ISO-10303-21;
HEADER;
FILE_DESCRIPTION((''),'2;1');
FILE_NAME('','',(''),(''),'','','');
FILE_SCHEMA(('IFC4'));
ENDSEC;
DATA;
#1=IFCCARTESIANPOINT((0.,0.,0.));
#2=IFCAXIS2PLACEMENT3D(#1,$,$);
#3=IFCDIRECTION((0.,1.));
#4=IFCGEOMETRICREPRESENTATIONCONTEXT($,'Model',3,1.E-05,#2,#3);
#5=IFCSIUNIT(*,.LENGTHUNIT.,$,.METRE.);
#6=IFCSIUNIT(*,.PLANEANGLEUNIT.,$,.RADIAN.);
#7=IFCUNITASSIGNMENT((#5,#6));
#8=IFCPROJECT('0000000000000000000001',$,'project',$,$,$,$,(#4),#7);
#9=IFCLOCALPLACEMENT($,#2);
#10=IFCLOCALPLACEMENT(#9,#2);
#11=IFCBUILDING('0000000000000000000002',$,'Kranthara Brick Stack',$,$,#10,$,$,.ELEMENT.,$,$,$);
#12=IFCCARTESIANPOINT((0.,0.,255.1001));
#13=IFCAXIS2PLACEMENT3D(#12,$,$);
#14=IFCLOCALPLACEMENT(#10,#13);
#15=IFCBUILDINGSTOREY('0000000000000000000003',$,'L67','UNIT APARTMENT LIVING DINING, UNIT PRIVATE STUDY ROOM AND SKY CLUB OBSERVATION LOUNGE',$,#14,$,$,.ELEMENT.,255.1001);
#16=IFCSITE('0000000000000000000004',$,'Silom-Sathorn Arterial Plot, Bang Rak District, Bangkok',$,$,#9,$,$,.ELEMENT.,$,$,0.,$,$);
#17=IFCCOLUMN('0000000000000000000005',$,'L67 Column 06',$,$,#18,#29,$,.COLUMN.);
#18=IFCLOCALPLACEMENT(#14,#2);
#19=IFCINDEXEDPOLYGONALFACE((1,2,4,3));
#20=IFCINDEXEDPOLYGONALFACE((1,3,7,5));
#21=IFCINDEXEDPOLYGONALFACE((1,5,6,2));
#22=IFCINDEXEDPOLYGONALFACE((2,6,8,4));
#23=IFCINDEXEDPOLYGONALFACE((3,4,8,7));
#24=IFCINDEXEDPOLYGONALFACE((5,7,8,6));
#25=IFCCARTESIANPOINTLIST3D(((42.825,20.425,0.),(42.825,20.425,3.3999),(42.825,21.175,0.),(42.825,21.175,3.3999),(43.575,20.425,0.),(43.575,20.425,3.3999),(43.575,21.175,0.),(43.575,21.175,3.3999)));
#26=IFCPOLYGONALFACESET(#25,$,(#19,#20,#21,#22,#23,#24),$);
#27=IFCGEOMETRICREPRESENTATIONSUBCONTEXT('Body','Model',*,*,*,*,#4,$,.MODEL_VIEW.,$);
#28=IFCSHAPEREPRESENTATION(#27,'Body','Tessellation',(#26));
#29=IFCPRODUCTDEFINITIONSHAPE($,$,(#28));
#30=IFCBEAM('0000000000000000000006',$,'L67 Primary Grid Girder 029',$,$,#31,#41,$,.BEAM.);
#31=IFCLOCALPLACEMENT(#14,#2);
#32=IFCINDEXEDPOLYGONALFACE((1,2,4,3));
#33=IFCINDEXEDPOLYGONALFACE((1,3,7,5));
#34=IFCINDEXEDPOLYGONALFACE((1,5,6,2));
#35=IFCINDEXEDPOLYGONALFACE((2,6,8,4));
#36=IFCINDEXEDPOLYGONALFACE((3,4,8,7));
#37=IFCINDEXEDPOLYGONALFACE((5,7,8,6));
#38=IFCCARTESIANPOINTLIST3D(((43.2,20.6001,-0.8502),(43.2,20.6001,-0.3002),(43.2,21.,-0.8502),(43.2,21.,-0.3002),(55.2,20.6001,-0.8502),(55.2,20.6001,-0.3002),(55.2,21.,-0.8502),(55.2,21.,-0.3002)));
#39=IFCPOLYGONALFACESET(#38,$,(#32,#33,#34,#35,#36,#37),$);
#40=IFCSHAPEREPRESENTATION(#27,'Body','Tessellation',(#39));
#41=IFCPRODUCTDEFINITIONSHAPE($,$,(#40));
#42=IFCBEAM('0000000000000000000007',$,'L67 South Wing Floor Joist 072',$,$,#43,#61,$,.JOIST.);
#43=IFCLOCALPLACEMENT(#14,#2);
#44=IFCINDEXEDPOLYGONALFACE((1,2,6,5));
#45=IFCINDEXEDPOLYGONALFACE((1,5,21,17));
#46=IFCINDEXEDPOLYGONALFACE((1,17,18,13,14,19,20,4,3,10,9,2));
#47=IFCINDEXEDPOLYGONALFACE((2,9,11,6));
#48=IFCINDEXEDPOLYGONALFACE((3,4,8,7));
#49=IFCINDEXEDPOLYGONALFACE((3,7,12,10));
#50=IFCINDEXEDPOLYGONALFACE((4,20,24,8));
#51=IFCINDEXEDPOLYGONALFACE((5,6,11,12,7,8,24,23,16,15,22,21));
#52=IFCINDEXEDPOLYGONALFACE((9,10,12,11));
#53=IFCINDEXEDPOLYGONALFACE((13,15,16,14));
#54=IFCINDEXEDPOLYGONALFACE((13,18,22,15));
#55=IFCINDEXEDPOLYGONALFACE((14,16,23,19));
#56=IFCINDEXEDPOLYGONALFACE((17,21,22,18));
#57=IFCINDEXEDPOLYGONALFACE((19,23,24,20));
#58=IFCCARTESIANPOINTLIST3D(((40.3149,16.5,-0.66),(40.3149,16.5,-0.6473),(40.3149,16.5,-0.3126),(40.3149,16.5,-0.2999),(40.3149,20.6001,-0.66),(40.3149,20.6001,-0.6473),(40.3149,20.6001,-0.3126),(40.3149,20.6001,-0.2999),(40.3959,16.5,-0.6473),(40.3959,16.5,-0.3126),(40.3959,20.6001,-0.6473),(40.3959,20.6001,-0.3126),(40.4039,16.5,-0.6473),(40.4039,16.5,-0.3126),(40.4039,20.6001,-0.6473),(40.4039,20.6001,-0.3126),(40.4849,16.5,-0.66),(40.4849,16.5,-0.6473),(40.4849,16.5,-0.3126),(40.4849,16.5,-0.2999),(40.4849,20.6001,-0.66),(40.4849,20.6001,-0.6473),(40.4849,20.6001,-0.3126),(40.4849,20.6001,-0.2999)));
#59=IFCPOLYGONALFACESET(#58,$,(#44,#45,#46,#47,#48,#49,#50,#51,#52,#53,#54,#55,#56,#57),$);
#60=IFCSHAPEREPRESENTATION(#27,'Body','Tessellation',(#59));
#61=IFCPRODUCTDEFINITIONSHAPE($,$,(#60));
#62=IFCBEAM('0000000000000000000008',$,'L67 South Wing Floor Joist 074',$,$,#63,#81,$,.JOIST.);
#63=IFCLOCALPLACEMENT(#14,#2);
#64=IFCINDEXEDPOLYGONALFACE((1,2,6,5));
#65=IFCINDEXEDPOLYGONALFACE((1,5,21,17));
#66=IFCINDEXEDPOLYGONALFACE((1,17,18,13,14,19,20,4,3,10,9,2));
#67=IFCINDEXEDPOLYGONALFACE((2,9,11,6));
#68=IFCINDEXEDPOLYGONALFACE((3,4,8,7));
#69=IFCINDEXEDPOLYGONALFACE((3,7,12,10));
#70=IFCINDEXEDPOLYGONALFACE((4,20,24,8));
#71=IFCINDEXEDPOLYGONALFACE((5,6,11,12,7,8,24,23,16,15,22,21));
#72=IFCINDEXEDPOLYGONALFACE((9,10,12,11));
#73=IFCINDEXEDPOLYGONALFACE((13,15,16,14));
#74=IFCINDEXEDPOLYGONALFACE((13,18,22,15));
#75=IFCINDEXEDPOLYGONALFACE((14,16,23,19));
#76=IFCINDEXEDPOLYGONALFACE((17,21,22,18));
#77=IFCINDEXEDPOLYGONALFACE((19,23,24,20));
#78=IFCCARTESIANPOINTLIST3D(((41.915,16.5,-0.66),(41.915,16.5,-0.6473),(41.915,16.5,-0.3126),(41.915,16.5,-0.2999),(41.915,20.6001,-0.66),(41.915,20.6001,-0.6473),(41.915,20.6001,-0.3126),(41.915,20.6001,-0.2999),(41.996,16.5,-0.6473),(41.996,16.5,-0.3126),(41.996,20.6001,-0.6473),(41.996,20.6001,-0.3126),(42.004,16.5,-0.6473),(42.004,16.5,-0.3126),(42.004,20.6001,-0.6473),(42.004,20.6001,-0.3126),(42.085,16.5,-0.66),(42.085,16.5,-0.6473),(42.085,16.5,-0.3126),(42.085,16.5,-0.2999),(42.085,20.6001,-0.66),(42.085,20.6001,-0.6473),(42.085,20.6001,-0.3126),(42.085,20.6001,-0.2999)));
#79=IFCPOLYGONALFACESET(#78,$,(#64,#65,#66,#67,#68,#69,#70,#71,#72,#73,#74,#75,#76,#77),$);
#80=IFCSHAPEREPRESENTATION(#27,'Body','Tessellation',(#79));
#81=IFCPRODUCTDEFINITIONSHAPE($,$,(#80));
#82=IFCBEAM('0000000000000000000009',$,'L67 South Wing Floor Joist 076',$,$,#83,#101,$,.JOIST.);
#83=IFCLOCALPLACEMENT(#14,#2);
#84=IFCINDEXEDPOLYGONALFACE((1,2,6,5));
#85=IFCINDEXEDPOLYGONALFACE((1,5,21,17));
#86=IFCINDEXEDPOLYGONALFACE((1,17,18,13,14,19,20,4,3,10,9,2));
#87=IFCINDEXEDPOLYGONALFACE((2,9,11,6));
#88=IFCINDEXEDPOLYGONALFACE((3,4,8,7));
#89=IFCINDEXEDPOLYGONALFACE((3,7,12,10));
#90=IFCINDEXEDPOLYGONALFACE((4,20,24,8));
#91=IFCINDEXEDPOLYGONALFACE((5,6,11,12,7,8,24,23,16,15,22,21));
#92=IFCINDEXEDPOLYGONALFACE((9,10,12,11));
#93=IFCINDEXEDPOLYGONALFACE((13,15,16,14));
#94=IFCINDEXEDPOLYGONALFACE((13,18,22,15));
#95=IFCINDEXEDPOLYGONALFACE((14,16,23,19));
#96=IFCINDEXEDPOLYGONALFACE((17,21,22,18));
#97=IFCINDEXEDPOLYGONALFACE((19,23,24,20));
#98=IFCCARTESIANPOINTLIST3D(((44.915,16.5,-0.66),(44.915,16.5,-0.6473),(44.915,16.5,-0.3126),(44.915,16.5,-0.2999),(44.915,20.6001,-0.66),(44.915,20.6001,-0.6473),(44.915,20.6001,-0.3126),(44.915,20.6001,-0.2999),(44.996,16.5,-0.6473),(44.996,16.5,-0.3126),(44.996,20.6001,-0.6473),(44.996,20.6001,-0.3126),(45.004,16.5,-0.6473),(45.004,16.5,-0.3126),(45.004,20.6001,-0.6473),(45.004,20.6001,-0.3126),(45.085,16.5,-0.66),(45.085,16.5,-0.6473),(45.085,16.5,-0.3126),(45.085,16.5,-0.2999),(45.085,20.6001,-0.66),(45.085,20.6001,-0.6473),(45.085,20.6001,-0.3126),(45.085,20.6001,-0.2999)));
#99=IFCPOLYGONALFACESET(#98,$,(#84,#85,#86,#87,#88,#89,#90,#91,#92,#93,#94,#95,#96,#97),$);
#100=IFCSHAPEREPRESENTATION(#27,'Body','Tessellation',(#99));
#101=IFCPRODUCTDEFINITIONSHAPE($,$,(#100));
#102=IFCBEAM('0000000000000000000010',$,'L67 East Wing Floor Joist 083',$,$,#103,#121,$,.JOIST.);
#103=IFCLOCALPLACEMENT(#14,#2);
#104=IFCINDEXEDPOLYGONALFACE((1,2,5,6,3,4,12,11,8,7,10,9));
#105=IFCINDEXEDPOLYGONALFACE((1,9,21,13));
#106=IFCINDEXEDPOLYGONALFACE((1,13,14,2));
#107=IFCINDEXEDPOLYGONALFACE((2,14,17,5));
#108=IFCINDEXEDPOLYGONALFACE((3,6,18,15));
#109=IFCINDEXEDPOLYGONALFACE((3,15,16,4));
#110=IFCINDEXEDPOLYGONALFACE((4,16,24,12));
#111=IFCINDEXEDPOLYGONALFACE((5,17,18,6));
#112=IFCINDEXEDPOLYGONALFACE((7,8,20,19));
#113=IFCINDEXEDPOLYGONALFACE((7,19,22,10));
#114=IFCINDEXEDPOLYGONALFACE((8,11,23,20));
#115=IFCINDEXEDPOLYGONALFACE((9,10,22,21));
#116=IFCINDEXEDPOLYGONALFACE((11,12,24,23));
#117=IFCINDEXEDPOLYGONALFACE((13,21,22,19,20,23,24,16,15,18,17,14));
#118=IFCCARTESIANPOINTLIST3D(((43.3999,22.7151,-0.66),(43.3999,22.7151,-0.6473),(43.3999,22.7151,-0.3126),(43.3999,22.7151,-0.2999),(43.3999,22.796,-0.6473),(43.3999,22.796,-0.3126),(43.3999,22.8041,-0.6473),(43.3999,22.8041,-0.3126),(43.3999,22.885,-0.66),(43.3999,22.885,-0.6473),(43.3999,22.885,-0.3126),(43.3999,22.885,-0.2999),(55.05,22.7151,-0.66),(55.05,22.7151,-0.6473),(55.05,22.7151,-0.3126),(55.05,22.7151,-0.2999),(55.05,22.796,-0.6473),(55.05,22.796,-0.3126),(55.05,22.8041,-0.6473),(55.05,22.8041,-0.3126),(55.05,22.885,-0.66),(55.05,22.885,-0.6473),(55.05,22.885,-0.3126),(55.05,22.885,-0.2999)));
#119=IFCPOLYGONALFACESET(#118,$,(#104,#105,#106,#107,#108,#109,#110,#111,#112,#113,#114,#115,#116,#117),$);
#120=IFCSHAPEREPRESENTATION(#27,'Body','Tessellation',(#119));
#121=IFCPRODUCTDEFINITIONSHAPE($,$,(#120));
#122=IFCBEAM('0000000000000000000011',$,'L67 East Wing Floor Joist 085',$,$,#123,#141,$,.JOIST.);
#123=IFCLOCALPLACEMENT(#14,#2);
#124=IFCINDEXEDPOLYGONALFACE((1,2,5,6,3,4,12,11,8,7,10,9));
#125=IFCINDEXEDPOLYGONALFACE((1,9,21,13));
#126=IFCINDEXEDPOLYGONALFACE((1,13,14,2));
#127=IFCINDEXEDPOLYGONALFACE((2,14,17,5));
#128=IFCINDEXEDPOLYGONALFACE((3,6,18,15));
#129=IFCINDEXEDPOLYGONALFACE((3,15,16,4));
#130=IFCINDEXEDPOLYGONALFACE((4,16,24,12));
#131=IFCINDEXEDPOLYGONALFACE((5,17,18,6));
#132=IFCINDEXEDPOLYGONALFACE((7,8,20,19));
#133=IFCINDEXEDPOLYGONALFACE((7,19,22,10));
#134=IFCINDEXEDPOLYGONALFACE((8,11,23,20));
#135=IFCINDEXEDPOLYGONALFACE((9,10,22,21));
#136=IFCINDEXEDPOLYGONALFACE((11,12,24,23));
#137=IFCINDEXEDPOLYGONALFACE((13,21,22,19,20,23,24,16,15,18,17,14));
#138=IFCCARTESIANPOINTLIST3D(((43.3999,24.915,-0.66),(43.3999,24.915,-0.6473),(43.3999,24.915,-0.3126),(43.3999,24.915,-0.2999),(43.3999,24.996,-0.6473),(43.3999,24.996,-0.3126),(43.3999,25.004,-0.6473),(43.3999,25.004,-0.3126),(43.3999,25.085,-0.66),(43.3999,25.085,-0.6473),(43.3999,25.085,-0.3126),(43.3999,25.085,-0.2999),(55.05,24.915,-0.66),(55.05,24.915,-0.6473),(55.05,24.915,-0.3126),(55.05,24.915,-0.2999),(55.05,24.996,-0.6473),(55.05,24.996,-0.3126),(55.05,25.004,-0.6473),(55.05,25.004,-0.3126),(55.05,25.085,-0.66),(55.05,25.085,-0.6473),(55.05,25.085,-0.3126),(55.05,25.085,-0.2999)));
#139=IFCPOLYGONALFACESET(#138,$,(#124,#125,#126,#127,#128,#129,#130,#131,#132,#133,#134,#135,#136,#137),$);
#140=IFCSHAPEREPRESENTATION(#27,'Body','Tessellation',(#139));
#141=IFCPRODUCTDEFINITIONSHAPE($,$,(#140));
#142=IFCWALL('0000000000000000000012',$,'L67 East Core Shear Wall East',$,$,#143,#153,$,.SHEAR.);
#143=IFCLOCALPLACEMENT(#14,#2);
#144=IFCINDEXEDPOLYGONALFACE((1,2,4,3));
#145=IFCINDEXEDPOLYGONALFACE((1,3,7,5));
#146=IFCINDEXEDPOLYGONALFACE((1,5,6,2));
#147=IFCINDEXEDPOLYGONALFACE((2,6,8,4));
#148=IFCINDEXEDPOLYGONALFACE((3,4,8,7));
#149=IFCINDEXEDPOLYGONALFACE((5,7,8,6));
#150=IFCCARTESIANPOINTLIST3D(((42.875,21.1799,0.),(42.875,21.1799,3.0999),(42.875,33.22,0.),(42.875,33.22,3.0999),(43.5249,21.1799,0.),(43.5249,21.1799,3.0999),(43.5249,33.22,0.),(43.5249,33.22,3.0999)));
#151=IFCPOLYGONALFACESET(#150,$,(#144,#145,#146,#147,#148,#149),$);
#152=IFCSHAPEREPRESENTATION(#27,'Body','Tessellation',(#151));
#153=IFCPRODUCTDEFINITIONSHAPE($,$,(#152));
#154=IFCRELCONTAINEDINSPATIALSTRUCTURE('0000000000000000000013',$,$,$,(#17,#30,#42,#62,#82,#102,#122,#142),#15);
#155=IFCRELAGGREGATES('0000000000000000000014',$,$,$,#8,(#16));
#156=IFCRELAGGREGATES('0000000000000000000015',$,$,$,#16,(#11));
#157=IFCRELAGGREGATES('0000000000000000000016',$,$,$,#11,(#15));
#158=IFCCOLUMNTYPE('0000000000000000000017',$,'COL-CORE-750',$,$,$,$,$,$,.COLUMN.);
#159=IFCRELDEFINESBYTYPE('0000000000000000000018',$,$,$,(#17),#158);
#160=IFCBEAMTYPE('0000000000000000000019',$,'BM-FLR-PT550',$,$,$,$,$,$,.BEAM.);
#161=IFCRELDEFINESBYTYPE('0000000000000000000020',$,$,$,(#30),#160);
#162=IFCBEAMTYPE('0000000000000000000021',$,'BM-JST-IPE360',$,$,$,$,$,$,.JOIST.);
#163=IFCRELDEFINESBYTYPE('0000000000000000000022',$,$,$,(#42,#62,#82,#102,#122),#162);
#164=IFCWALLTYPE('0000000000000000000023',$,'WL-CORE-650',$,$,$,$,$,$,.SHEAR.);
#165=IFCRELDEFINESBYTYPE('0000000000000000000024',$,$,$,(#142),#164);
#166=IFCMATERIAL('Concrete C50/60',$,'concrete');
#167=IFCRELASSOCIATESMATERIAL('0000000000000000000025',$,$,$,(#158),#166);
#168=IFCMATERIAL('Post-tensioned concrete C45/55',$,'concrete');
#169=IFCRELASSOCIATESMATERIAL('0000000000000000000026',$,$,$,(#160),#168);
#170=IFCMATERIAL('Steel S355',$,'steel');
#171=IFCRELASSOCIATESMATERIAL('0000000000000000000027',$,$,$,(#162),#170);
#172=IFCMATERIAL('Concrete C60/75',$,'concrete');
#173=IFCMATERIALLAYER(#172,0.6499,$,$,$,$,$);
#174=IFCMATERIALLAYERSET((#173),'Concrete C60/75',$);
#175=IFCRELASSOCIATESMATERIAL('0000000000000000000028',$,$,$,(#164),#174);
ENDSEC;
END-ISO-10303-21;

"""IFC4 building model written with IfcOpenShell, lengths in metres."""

from ifc_helpers import new_model, si_unit, direction, frame, frame_2d, origin, origin_2d, place, context, subcontext, project, spatial, rectangle, i_section, extrude, material, layer, layer_set, material_profile, profile_set, type_object, element, save


model = new_model("IFC4")

# Units and contexts
model_context = context("Model", 3, precision=1e-05, world=origin(), true_north=direction((0.0, 1.0)))
body_context = subcontext(model_context, "Body", "Model", "MODEL_VIEW")
ifc_project = project(units=[si_unit("LENGTHUNIT", "METRE"), si_unit("PLANEANGLEUNIT", "RADIAN")], contexts=[model_context])

# Site, building, storey
site_placement = place(None, origin())
site = spatial("IfcSite", under=ifc_project, at=site_placement, Name="Silom-Sathorn Arterial Plot, Bang Rak District, Bangkok", CompositionType="ELEMENT", RefElevation=0.0)
building_placement = place(site_placement, origin())
building = spatial("IfcBuilding", under=site, at=building_placement, Name="Kranthara Brick Stack", CompositionType="ELEMENT")
storey_placement = place(building_placement, frame((0.0, 0.0, 255.1001)))
storey = spatial("IfcBuildingStorey", under=building, at=storey_placement, Name="L67", Description="UNIT APARTMENT LIVING DINING, UNIT PRIVATE STUDY ROOM AND SKY CLUB OBSERVATION LOUNGE", CompositionType="ELEMENT", Elevation=255.1001)

# Column
ifc_material_1 = material(Name="Concrete C50/60", Category="concrete")
ifc_material_profile_1 = material_profile(ifc_material_1, rectangle(XDim=0.75, YDim=0.75, at=origin_2d()), Name="RC 750x750")
ifc_profile_set_1 = profile_set([ifc_material_profile_1], Name="Concrete C50/60")
column_type = type_object("IfcColumnType", Name="COL-CORE-750", PredefinedType="COLUMN", material=ifc_profile_set_1)
column_placement = place(storey_placement, frame((43.2, 20.8, 0.0), z_axis=(0.0, 0.0, 1.0), x_axis=(1.0, 0.0, 0.0)))
element("IfcColumn", 1, at=column_placement, inside=storey, type_object=column_type, Name="L67 Column 06", PredefinedType="COLUMN", context=body_context, shape_type="SweptSolid", body=[
    extrude(rectangle(XDim=0.75, YDim=0.75, at=origin_2d()), origin(), (0.0, 0.0, 1.0), 3.3999),
])

# Beams
ifc_material_2 = material(Name="Post-tensioned concrete C45/55", Category="concrete")
ifc_material_profile_2 = material_profile(ifc_material_2, rectangle(XDim=0.3999, YDim=0.55, at=origin_2d()), Name="PT 400x550")
ifc_profile_set_2 = profile_set([ifc_material_profile_2], Name="Post-tensioned concrete C45/55")
beam_type_1 = type_object("IfcBeamType", Name="BM-FLR-PT550", PredefinedType="BEAM", material=ifc_profile_set_2)
beam_placement = place(storey_placement, frame((43.2, 20.8, -0.5752), z_axis=(1.0, 0.0, 0.0), x_axis=(0.0, 1.0, 0.0)))
element("IfcBeam", 2, at=beam_placement, inside=storey, type_object=beam_type_1, Name="L67 Primary Grid Girder 029", PredefinedType="BEAM", context=body_context, shape_type="SweptSolid", body=[
    extrude(rectangle(XDim=0.3999, YDim=0.55, at=origin_2d()), origin(), (0.0, 0.0, 1.0), 12.0),
])
ifc_material_3 = material(Name="Steel S355", Category="steel")
ifc_material_profile_3 = material_profile(ifc_material_3, i_section(OverallWidth=0.1699, OverallDepth=0.3601, WebThickness=0.0081, FlangeThickness=0.0127, at=origin_2d()), Name="IPE 360")
ifc_profile_set_3 = profile_set([ifc_material_profile_3], Name="Steel S355")
beam_type_2 = type_object("IfcBeamType", Name="BM-JST-IPE360", PredefinedType="JOIST", material=ifc_profile_set_3)
for number, where, z_axis, x_axis, name in (
    (3, (40.3999, 16.5, -0.48), (0.0, 1.0, 0.0), (-1.0, 0.0, 0.0), "L67 South Wing Floor Joist 072"),
    (4, (42.0, 16.5, -0.48), (0.0, 1.0, 0.0), (-1.0, 0.0, 0.0), "L67 South Wing Floor Joist 074"),
    (5, (45.0, 16.5, -0.48), (0.0, 1.0, 0.0), (-1.0, 0.0, 0.0), "L67 South Wing Floor Joist 076"),
):
    element("IfcBeam", number, at=place(storey_placement, frame(where, z_axis=z_axis, x_axis=x_axis)), inside=storey, type_object=beam_type_2, Name=name, PredefinedType="JOIST", context=body_context, shape_type="SweptSolid", body=[
        extrude(i_section(OverallWidth=0.1699, OverallDepth=0.3601, WebThickness=0.0081, FlangeThickness=0.0127, at=origin_2d()), origin(), (0.0, 0.0, 1.0), 4.1001),
    ])
for number, where, z_axis, x_axis, name in (
    (6, (43.3999, 22.8, -0.48), (1.0, 0.0, 0.0), (0.0, 1.0, 0.0), "L67 East Wing Floor Joist 083"),
    (7, (43.3999, 25.0, -0.48), (1.0, 0.0, 0.0), (0.0, 1.0, 0.0), "L67 East Wing Floor Joist 085"),
):
    element("IfcBeam", number, at=place(storey_placement, frame(where, z_axis=z_axis, x_axis=x_axis)), inside=storey, type_object=beam_type_2, Name=name, PredefinedType="JOIST", context=body_context, shape_type="SweptSolid", body=[
        extrude(i_section(OverallWidth=0.1699, OverallDepth=0.3601, WebThickness=0.0081, FlangeThickness=0.0127, at=origin_2d()), origin(), (0.0, 0.0, 1.0), 11.6501),
    ])

# Wall
ifc_material_4 = material(Name="Concrete C60/75", Category="concrete")
ifc_layer_1 = layer(ifc_material_4, 0.6499)
ifc_layer_set_1 = layer_set([ifc_layer_1], Name="Concrete C60/75")
wall_type_1 = type_object("IfcWallType", Name="WL-CORE-650", PredefinedType="SHEAR", material=ifc_layer_set_1)
wall_1_placement = place(storey_placement, frame((43.2, 21.1799, 0.0), z_axis=(0.0, 0.0, 1.0), x_axis=(0.0, 1.0, 0.0)))
element("IfcWall", 8, at=wall_1_placement, inside=storey, type_object=wall_type_1, Name="L67 East Core Shear Wall East", PredefinedType="SHEAR", context=body_context, shape_type="SweptSolid", body=[
    extrude(rectangle(XDim=12.04, YDim=0.6499, at=frame_2d((6.02, 0.0))), origin(), (0.0, 0.0, 1.0), 3.0999),
])

save(model, "model.ifc")
